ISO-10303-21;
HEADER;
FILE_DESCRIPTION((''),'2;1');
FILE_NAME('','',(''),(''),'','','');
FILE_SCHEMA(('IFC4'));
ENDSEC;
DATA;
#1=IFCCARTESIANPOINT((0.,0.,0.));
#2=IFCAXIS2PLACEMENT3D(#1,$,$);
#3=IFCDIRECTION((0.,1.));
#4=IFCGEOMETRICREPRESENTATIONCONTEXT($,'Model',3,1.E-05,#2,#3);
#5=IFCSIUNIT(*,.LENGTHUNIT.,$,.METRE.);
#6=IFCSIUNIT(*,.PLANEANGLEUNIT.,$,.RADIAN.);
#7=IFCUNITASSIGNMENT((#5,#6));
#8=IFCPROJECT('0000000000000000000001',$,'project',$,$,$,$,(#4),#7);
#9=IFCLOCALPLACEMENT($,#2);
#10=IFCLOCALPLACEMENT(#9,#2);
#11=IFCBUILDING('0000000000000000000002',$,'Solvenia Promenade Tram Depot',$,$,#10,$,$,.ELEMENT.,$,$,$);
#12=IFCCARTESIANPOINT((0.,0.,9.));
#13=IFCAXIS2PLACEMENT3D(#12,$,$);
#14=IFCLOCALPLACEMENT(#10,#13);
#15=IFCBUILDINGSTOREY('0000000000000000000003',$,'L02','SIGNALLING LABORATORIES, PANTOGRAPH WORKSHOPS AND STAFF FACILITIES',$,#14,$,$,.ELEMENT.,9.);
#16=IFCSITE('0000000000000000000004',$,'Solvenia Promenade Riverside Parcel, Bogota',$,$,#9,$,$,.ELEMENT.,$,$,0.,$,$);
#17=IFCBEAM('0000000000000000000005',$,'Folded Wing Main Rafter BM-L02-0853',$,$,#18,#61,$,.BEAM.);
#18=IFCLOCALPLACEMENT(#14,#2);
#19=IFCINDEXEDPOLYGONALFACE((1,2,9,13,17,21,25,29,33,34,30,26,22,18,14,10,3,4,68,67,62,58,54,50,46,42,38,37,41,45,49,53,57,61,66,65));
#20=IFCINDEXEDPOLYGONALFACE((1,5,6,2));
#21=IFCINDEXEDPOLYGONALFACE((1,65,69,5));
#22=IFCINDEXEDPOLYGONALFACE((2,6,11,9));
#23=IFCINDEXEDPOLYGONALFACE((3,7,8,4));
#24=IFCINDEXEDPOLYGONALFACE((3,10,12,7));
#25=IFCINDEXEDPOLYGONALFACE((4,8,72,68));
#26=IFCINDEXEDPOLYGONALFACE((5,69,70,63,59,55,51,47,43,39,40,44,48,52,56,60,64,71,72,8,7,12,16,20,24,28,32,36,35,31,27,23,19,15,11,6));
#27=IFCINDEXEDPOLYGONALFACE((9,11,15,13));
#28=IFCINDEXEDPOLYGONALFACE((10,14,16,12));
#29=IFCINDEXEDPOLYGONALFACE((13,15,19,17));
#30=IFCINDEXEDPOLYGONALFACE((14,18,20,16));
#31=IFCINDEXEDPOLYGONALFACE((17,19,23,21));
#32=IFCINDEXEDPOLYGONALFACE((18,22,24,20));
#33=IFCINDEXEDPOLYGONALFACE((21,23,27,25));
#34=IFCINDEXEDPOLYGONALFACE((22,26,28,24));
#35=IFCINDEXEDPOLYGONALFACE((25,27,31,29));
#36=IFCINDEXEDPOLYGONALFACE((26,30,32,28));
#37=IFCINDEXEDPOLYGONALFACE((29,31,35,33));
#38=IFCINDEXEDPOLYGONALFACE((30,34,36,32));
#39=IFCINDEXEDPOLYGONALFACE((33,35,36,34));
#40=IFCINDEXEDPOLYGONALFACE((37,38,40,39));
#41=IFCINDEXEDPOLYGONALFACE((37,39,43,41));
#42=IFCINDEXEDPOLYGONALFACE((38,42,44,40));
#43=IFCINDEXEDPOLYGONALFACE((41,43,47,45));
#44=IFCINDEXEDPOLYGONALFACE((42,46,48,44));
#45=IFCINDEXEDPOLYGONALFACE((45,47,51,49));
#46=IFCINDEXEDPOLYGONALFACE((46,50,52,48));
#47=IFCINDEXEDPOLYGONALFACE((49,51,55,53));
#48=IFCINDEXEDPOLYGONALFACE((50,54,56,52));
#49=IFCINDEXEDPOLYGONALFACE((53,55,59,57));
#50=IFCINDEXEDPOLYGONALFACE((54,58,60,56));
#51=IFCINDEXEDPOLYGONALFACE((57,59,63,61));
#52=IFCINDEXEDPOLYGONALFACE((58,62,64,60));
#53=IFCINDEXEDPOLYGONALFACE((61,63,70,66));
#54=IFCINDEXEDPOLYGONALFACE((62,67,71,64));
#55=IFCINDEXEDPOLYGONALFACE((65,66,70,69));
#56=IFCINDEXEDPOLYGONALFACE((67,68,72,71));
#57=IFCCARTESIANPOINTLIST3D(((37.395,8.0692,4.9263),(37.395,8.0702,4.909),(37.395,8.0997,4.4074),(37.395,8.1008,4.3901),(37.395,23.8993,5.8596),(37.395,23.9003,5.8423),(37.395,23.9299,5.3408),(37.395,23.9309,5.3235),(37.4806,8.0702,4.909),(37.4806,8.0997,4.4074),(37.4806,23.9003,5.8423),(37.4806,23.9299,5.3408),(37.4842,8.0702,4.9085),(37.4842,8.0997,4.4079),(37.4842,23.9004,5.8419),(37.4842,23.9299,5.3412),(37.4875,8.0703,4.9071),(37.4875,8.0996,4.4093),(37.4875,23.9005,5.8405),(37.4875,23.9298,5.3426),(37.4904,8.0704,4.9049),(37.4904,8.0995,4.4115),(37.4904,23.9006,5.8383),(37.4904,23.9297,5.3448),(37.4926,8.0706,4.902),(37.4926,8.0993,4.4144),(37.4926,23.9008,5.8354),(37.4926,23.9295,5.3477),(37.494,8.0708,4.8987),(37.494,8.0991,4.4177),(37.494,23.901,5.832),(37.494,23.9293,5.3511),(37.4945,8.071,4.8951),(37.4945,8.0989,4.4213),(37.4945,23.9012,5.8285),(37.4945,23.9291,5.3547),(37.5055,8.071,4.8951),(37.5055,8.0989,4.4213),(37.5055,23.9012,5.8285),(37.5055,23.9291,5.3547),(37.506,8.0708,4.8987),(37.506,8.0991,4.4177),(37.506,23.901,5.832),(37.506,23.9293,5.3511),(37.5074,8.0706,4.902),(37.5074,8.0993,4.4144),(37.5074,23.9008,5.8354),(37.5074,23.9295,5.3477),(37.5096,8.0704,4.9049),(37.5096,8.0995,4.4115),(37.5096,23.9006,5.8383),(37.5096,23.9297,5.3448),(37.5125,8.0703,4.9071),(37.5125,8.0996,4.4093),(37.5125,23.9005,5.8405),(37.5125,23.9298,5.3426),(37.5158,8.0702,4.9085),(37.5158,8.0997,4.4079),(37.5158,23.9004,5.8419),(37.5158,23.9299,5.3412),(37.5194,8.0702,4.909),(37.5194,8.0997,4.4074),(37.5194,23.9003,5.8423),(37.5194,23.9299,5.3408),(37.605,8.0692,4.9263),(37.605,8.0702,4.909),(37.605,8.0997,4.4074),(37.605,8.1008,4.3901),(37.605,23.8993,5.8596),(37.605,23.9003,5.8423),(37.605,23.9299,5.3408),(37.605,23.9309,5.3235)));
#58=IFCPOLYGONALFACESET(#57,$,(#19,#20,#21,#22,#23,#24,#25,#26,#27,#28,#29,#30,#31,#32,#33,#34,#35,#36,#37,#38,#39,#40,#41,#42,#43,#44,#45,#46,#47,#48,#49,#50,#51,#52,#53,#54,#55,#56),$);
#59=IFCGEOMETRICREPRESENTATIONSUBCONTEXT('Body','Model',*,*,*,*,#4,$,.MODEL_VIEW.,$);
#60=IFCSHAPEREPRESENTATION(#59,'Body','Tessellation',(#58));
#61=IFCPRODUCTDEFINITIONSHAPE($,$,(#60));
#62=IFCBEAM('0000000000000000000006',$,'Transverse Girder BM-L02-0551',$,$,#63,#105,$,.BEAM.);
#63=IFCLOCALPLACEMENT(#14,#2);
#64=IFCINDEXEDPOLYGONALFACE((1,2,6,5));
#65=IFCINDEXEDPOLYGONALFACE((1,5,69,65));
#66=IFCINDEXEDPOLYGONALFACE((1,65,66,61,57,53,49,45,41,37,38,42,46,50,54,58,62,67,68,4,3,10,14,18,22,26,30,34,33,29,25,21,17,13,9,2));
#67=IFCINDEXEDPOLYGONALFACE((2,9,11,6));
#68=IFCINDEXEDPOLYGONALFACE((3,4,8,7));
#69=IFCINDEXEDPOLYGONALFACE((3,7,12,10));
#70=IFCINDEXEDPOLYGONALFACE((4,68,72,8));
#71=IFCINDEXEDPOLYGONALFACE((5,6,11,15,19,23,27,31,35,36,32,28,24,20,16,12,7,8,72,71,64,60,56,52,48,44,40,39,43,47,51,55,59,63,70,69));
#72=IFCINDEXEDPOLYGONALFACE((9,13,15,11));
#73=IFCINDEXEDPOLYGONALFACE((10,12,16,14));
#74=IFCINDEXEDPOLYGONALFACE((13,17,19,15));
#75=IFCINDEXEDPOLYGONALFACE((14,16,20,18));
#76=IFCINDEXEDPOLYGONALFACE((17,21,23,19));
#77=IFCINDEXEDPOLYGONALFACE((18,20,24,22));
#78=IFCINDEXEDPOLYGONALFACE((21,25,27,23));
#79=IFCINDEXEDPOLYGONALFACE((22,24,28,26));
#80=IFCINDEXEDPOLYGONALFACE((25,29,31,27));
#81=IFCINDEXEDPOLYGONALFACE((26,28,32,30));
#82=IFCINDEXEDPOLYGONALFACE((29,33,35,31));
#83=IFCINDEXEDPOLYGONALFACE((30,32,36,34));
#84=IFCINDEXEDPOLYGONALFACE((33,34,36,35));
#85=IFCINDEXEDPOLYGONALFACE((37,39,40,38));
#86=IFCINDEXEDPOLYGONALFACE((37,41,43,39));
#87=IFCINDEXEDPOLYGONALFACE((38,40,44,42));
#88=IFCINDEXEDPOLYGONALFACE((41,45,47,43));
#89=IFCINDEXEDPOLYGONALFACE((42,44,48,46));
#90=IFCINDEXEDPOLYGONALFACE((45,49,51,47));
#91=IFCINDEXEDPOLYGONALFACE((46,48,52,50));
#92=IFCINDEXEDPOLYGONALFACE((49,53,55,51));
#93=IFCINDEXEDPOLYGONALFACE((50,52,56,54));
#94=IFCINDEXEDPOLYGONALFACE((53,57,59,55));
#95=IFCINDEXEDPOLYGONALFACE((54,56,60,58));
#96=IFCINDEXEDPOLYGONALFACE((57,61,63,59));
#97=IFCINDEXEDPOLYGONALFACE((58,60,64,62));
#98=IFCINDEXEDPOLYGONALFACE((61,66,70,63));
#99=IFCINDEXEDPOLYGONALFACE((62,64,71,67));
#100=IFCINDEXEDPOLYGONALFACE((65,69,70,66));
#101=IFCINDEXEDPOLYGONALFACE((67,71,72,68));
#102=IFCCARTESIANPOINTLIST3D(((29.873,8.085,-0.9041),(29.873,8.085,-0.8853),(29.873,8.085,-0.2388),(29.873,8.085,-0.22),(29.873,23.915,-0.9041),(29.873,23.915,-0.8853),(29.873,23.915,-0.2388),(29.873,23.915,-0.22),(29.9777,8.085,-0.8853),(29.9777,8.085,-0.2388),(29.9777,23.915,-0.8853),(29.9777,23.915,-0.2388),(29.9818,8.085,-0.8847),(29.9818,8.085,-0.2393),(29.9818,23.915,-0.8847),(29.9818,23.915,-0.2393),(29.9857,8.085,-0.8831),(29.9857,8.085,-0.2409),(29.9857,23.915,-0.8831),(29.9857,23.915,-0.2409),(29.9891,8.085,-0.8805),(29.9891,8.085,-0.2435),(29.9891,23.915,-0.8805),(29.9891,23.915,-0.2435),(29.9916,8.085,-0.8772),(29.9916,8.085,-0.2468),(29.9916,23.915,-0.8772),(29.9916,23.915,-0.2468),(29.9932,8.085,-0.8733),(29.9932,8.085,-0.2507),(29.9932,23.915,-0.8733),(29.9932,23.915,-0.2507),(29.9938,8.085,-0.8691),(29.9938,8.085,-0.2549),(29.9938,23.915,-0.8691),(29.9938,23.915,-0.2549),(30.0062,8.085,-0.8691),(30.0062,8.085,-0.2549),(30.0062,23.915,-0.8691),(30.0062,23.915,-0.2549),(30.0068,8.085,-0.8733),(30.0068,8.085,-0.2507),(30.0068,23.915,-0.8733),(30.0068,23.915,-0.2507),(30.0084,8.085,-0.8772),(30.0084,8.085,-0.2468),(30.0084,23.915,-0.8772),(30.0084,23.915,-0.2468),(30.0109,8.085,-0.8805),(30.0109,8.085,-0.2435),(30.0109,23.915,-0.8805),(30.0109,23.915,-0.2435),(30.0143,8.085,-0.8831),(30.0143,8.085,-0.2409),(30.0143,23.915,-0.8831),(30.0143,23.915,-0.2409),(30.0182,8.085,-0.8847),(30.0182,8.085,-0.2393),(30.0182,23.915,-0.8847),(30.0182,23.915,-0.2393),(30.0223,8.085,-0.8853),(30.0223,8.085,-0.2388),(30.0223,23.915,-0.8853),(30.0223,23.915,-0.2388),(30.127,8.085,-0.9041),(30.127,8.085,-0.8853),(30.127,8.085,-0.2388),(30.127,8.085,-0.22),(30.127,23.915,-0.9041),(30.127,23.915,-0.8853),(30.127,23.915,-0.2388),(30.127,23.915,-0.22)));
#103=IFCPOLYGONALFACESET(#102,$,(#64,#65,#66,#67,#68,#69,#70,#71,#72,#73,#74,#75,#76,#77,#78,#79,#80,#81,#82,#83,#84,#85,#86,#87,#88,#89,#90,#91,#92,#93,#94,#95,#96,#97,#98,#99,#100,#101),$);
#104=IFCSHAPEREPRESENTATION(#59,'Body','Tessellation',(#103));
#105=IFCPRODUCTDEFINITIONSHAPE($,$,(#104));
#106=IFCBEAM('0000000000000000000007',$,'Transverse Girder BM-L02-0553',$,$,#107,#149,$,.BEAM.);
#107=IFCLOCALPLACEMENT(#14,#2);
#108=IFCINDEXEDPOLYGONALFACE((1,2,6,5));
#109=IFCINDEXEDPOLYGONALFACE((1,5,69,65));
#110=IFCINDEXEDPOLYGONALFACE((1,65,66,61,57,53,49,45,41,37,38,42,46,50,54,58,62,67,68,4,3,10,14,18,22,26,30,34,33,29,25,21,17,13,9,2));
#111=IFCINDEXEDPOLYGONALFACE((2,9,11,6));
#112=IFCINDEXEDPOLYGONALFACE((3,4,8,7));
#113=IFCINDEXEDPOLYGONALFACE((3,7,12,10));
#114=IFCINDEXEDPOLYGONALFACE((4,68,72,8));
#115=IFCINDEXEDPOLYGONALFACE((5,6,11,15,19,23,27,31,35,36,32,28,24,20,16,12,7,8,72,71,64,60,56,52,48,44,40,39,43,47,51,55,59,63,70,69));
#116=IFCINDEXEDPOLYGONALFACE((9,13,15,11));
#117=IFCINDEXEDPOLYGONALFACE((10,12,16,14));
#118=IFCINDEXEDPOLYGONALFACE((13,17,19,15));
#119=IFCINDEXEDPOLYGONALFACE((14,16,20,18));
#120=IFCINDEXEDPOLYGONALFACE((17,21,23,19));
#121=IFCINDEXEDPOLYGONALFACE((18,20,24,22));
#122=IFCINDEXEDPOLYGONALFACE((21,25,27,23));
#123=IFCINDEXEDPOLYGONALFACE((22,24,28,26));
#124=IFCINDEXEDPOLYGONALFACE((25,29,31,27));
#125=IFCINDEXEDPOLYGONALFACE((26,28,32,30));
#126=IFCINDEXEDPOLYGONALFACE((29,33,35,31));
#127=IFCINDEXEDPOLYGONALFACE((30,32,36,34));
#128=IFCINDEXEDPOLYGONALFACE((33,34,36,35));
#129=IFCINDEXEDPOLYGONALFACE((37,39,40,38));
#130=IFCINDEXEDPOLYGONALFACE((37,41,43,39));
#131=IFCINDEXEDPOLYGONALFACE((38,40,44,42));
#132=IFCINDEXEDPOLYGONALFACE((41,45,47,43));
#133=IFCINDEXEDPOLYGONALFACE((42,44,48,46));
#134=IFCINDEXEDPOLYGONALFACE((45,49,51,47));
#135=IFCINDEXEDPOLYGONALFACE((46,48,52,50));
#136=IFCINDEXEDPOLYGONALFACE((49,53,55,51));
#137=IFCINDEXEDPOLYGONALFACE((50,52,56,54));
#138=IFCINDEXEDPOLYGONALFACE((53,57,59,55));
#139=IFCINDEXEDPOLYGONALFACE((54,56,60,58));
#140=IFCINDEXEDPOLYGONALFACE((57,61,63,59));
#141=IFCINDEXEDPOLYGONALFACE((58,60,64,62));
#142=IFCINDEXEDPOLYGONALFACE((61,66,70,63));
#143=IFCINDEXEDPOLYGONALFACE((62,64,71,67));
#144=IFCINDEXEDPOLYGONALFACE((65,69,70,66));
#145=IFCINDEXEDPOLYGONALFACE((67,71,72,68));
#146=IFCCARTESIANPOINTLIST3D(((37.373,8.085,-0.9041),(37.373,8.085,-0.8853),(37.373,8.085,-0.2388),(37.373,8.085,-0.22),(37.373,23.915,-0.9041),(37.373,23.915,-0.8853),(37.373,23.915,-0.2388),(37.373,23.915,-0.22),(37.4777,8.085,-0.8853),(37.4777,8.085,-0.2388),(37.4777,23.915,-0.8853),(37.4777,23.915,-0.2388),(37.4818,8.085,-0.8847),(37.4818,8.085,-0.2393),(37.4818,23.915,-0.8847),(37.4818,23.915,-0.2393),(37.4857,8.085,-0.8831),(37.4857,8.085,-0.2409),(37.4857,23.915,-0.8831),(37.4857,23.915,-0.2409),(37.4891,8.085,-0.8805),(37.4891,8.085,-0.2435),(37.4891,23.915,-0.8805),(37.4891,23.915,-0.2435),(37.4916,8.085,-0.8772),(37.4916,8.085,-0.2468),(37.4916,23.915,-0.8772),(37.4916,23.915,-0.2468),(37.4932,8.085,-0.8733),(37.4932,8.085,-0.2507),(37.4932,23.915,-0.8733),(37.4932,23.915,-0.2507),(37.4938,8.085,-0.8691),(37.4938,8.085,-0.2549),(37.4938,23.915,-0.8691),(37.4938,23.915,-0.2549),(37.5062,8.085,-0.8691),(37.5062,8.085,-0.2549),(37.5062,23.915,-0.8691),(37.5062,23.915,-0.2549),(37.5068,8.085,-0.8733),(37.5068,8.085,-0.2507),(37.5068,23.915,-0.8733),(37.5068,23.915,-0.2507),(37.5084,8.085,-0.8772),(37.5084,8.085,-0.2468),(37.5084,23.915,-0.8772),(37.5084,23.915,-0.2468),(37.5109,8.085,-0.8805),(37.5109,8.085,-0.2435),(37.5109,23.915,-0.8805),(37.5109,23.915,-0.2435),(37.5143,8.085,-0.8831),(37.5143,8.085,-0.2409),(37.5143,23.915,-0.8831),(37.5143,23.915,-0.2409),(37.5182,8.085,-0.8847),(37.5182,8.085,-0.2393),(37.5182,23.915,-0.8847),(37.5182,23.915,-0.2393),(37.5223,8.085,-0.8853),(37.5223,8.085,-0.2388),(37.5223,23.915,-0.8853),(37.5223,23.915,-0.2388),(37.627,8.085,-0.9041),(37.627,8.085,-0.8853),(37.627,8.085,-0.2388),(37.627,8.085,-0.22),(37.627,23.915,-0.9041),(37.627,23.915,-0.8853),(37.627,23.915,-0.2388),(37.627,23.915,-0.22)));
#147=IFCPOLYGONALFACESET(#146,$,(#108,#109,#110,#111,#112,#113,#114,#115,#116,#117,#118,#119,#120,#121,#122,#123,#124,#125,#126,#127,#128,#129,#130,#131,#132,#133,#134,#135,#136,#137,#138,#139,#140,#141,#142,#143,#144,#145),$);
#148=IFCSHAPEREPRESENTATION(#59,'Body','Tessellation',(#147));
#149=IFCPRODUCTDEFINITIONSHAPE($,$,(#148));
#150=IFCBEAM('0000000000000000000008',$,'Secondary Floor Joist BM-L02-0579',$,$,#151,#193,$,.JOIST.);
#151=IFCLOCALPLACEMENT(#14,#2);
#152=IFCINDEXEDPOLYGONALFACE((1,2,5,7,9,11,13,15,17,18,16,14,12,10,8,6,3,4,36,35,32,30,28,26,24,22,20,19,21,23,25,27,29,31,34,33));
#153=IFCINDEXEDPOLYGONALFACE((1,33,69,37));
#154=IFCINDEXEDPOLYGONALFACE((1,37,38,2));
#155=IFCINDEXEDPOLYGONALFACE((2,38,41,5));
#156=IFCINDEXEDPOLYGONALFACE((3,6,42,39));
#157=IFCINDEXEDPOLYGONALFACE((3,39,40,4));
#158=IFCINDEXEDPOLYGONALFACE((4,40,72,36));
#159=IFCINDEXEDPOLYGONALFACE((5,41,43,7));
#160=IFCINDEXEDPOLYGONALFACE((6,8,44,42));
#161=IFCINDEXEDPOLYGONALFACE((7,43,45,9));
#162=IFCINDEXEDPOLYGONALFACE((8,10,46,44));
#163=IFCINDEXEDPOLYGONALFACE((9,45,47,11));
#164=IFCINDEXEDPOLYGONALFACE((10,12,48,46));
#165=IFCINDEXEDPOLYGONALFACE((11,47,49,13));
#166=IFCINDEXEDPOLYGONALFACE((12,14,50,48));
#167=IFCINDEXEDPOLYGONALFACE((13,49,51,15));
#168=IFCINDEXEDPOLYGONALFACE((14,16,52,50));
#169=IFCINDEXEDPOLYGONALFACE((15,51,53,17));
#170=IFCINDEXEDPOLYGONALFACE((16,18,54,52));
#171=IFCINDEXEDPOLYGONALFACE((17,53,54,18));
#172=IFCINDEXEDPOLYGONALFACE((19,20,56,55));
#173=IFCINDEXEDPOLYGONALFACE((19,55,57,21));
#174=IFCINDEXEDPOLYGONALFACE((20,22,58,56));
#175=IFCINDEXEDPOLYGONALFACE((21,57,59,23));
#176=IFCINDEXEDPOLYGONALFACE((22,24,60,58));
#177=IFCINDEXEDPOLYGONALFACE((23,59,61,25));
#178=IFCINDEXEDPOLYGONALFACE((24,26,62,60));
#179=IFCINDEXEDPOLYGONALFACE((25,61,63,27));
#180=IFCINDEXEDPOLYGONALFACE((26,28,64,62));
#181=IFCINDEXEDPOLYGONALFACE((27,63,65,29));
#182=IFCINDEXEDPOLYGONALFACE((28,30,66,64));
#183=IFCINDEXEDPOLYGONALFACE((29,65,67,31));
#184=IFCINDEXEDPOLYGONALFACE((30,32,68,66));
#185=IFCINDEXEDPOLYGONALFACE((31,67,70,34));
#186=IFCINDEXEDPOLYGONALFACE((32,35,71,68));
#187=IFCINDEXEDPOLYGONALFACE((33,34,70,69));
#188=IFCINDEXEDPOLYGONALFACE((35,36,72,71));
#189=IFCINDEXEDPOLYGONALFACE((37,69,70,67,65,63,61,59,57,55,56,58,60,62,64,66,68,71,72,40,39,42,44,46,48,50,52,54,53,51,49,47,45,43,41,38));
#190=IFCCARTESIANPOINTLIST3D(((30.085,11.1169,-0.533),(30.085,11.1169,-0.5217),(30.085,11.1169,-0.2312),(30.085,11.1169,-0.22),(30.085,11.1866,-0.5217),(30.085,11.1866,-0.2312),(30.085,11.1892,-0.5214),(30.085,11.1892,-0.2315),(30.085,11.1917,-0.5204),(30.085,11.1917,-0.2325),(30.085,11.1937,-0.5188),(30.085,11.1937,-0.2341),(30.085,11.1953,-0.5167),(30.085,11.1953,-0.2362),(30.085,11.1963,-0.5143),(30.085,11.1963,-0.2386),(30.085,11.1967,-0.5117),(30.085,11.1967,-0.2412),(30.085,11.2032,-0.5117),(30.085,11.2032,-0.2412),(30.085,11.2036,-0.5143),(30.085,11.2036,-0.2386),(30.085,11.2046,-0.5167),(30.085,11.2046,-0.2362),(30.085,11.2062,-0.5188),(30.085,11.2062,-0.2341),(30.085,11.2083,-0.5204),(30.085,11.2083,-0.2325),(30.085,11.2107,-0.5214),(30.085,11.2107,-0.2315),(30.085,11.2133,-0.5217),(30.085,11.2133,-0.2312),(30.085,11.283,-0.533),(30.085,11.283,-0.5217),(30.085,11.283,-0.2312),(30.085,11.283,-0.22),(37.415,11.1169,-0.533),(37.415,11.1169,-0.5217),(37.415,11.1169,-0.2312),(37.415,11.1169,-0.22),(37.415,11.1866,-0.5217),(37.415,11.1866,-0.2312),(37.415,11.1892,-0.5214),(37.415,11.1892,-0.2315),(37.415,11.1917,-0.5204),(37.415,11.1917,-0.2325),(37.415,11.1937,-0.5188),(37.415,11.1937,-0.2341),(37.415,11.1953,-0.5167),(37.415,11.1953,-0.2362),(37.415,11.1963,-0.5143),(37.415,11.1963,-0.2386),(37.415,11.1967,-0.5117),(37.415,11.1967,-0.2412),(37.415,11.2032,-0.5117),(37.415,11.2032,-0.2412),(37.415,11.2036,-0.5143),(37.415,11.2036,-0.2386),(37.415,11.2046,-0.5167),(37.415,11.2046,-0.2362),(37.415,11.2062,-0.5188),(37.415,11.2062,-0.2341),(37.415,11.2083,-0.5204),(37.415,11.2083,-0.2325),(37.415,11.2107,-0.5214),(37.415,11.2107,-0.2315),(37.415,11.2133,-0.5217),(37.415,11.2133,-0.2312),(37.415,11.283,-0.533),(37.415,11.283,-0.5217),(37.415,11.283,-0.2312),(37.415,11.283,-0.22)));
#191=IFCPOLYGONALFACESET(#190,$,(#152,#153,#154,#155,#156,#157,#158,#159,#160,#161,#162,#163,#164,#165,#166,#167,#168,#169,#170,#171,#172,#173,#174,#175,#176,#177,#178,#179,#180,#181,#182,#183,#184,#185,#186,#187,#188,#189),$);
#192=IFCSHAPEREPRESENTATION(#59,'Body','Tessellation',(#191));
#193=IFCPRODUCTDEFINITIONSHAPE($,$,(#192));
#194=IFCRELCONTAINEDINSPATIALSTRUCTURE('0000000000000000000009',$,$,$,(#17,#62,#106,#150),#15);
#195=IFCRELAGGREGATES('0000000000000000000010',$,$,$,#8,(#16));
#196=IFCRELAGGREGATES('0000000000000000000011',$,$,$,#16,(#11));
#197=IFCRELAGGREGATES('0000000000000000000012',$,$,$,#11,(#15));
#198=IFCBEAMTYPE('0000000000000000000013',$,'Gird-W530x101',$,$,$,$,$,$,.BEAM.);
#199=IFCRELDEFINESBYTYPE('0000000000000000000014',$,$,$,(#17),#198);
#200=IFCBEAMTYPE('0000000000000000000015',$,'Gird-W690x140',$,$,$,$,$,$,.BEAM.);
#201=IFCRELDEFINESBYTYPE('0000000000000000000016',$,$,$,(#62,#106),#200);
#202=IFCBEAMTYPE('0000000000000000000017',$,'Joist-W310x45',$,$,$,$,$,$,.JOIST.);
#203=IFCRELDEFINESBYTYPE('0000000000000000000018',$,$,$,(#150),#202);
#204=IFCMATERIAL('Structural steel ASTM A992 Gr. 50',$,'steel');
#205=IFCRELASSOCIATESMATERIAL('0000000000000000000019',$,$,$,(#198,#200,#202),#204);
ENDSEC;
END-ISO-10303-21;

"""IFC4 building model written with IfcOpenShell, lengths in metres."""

from ifc_helpers import new_model, si_unit, direction, frame, origin, origin_2d, place, context, subcontext, project, spatial, i_section, extrude, material, material_profile, profile_set, type_object, element, save


model = new_model("IFC4")

# Units and contexts
model_context = context("Model", 3, precision=1e-05, world=origin(), true_north=direction((0.0, 1.0)))
body_context = subcontext(model_context, "Body", "Model", "MODEL_VIEW")
ifc_project = project(units=[si_unit("LENGTHUNIT", "METRE"), si_unit("PLANEANGLEUNIT", "RADIAN")], contexts=[model_context])

# Site, building, storey
site_placement = place(None, origin())
site = spatial("IfcSite", under=ifc_project, at=site_placement, Name="Solvenia Promenade Riverside Parcel, Bogota", CompositionType="ELEMENT", RefElevation=0.0)
building_placement = place(site_placement, origin())
building = spatial("IfcBuilding", under=site, at=building_placement, Name="Solvenia Promenade Tram Depot", CompositionType="ELEMENT")
storey_placement = place(building_placement, frame((0.0, 0.0, 9.0)))
storey = spatial("IfcBuildingStorey", under=building, at=storey_placement, Name="L02", Description="SIGNALLING LABORATORIES, PANTOGRAPH WORKSHOPS AND STAFF FACILITIES", CompositionType="ELEMENT", Elevation=9.0)

# Shared definitions
ifc_material_1 = material(Name="Structural steel ASTM A992 Gr. 50", Category="steel")

# Beams
ifc_material_profile_1 = material_profile(ifc_material_1, i_section(OverallWidth=0.21, OverallDepth=0.5371, WebThickness=0.011, FlangeThickness=0.0173, FilletRadius=0.0139, at=origin_2d()), Name="W530x101", Category="steel")
ifc_profile_set_1 = profile_set([ifc_material_profile_1], Name="Structural steel ASTM A992 Gr. 50")
beam_type_1 = type_object("IfcBeamType", Name="Gird-W530x101", PredefinedType="BEAM", material=ifc_profile_set_1)
for number, where, z_axis, x_axis, name in (
    (1, (37.5, 8.085, 4.6582), (0.0, 0.998266, 0.058858), (-1.0, 0.0, 0.0), "Folded Wing Main Rafter BM-L02-0853"),
):
    element("IfcBeam", number, at=place(storey_placement, frame(where, z_axis=z_axis, x_axis=x_axis)), inside=storey, type_object=beam_type_1, Name=name, PredefinedType="BEAM", context=body_context, shape_type="SweptSolid", body=[
        extrude(i_section(OverallWidth=0.21, OverallDepth=0.5371, WebThickness=0.011, FlangeThickness=0.0173, FilletRadius=0.0139, at=origin_2d()), origin(), (0.0, 0.0, 1.0), 15.8577),
    ])
ifc_material_profile_2 = material_profile(ifc_material_1, i_section(OverallWidth=0.2539, OverallDepth=0.6841, WebThickness=0.0125, FlangeThickness=0.0188, FilletRadius=0.0161, at=origin_2d()), Name="W690x140", Category="steel")
ifc_profile_set_2 = profile_set([ifc_material_profile_2], Name="Structural steel ASTM A992 Gr. 50")
beam_type_2 = type_object("IfcBeamType", Name="Gird-W690x140", PredefinedType="BEAM", material=ifc_profile_set_2)
for number, where, z_axis, x_axis, name in (
    (2, (30.0, 8.085, -0.562), (0.0, 1.0, 0.0), (-1.0, 0.0, 0.0), "Transverse Girder BM-L02-0551"),
    (3, (37.5, 8.085, -0.562), (0.0, 1.0, 0.0), (-1.0, 0.0, 0.0), "Transverse Girder BM-L02-0553"),
):
    element("IfcBeam", number, at=place(storey_placement, frame(where, z_axis=z_axis, x_axis=x_axis)), inside=storey, type_object=beam_type_2, Name=name, PredefinedType="BEAM", context=body_context, shape_type="SweptSolid", body=[
        extrude(i_section(OverallWidth=0.2539, OverallDepth=0.6841, WebThickness=0.0125, FlangeThickness=0.0188, FilletRadius=0.0161, at=origin_2d()), origin(), (0.0, 0.0, 1.0), 15.8301),
    ])
ifc_material_profile_3 = material_profile(ifc_material_1, i_section(OverallWidth=0.166, OverallDepth=0.313, WebThickness=0.0066, FlangeThickness=0.0112, FilletRadius=0.01, at=origin_2d()), Name="W310x45", Category="steel")
ifc_profile_set_3 = profile_set([ifc_material_profile_3], Name="Structural steel ASTM A992 Gr. 50")
beam_type_3 = type_object("IfcBeamType", Name="Joist-W310x45", PredefinedType="JOIST", material=ifc_profile_set_3)
for number, where, z_axis, x_axis, name in (
    (4, (30.085, 11.2, -0.3765), (1.0, 0.0, 0.0), (0.0, 1.0, 0.0), "Secondary Floor Joist BM-L02-0579"),
):
    element("IfcBeam", number, at=place(storey_placement, frame(where, z_axis=z_axis, x_axis=x_axis)), inside=storey, type_object=beam_type_3, Name=name, PredefinedType="JOIST", context=body_context, shape_type="SweptSolid", body=[
        extrude(i_section(OverallWidth=0.166, OverallDepth=0.313, WebThickness=0.0066, FlangeThickness=0.0112, FilletRadius=0.01, at=origin_2d()), origin(), (0.0, 0.0, 1.0), 7.3301),
    ])

save(model, "model.ifc")
